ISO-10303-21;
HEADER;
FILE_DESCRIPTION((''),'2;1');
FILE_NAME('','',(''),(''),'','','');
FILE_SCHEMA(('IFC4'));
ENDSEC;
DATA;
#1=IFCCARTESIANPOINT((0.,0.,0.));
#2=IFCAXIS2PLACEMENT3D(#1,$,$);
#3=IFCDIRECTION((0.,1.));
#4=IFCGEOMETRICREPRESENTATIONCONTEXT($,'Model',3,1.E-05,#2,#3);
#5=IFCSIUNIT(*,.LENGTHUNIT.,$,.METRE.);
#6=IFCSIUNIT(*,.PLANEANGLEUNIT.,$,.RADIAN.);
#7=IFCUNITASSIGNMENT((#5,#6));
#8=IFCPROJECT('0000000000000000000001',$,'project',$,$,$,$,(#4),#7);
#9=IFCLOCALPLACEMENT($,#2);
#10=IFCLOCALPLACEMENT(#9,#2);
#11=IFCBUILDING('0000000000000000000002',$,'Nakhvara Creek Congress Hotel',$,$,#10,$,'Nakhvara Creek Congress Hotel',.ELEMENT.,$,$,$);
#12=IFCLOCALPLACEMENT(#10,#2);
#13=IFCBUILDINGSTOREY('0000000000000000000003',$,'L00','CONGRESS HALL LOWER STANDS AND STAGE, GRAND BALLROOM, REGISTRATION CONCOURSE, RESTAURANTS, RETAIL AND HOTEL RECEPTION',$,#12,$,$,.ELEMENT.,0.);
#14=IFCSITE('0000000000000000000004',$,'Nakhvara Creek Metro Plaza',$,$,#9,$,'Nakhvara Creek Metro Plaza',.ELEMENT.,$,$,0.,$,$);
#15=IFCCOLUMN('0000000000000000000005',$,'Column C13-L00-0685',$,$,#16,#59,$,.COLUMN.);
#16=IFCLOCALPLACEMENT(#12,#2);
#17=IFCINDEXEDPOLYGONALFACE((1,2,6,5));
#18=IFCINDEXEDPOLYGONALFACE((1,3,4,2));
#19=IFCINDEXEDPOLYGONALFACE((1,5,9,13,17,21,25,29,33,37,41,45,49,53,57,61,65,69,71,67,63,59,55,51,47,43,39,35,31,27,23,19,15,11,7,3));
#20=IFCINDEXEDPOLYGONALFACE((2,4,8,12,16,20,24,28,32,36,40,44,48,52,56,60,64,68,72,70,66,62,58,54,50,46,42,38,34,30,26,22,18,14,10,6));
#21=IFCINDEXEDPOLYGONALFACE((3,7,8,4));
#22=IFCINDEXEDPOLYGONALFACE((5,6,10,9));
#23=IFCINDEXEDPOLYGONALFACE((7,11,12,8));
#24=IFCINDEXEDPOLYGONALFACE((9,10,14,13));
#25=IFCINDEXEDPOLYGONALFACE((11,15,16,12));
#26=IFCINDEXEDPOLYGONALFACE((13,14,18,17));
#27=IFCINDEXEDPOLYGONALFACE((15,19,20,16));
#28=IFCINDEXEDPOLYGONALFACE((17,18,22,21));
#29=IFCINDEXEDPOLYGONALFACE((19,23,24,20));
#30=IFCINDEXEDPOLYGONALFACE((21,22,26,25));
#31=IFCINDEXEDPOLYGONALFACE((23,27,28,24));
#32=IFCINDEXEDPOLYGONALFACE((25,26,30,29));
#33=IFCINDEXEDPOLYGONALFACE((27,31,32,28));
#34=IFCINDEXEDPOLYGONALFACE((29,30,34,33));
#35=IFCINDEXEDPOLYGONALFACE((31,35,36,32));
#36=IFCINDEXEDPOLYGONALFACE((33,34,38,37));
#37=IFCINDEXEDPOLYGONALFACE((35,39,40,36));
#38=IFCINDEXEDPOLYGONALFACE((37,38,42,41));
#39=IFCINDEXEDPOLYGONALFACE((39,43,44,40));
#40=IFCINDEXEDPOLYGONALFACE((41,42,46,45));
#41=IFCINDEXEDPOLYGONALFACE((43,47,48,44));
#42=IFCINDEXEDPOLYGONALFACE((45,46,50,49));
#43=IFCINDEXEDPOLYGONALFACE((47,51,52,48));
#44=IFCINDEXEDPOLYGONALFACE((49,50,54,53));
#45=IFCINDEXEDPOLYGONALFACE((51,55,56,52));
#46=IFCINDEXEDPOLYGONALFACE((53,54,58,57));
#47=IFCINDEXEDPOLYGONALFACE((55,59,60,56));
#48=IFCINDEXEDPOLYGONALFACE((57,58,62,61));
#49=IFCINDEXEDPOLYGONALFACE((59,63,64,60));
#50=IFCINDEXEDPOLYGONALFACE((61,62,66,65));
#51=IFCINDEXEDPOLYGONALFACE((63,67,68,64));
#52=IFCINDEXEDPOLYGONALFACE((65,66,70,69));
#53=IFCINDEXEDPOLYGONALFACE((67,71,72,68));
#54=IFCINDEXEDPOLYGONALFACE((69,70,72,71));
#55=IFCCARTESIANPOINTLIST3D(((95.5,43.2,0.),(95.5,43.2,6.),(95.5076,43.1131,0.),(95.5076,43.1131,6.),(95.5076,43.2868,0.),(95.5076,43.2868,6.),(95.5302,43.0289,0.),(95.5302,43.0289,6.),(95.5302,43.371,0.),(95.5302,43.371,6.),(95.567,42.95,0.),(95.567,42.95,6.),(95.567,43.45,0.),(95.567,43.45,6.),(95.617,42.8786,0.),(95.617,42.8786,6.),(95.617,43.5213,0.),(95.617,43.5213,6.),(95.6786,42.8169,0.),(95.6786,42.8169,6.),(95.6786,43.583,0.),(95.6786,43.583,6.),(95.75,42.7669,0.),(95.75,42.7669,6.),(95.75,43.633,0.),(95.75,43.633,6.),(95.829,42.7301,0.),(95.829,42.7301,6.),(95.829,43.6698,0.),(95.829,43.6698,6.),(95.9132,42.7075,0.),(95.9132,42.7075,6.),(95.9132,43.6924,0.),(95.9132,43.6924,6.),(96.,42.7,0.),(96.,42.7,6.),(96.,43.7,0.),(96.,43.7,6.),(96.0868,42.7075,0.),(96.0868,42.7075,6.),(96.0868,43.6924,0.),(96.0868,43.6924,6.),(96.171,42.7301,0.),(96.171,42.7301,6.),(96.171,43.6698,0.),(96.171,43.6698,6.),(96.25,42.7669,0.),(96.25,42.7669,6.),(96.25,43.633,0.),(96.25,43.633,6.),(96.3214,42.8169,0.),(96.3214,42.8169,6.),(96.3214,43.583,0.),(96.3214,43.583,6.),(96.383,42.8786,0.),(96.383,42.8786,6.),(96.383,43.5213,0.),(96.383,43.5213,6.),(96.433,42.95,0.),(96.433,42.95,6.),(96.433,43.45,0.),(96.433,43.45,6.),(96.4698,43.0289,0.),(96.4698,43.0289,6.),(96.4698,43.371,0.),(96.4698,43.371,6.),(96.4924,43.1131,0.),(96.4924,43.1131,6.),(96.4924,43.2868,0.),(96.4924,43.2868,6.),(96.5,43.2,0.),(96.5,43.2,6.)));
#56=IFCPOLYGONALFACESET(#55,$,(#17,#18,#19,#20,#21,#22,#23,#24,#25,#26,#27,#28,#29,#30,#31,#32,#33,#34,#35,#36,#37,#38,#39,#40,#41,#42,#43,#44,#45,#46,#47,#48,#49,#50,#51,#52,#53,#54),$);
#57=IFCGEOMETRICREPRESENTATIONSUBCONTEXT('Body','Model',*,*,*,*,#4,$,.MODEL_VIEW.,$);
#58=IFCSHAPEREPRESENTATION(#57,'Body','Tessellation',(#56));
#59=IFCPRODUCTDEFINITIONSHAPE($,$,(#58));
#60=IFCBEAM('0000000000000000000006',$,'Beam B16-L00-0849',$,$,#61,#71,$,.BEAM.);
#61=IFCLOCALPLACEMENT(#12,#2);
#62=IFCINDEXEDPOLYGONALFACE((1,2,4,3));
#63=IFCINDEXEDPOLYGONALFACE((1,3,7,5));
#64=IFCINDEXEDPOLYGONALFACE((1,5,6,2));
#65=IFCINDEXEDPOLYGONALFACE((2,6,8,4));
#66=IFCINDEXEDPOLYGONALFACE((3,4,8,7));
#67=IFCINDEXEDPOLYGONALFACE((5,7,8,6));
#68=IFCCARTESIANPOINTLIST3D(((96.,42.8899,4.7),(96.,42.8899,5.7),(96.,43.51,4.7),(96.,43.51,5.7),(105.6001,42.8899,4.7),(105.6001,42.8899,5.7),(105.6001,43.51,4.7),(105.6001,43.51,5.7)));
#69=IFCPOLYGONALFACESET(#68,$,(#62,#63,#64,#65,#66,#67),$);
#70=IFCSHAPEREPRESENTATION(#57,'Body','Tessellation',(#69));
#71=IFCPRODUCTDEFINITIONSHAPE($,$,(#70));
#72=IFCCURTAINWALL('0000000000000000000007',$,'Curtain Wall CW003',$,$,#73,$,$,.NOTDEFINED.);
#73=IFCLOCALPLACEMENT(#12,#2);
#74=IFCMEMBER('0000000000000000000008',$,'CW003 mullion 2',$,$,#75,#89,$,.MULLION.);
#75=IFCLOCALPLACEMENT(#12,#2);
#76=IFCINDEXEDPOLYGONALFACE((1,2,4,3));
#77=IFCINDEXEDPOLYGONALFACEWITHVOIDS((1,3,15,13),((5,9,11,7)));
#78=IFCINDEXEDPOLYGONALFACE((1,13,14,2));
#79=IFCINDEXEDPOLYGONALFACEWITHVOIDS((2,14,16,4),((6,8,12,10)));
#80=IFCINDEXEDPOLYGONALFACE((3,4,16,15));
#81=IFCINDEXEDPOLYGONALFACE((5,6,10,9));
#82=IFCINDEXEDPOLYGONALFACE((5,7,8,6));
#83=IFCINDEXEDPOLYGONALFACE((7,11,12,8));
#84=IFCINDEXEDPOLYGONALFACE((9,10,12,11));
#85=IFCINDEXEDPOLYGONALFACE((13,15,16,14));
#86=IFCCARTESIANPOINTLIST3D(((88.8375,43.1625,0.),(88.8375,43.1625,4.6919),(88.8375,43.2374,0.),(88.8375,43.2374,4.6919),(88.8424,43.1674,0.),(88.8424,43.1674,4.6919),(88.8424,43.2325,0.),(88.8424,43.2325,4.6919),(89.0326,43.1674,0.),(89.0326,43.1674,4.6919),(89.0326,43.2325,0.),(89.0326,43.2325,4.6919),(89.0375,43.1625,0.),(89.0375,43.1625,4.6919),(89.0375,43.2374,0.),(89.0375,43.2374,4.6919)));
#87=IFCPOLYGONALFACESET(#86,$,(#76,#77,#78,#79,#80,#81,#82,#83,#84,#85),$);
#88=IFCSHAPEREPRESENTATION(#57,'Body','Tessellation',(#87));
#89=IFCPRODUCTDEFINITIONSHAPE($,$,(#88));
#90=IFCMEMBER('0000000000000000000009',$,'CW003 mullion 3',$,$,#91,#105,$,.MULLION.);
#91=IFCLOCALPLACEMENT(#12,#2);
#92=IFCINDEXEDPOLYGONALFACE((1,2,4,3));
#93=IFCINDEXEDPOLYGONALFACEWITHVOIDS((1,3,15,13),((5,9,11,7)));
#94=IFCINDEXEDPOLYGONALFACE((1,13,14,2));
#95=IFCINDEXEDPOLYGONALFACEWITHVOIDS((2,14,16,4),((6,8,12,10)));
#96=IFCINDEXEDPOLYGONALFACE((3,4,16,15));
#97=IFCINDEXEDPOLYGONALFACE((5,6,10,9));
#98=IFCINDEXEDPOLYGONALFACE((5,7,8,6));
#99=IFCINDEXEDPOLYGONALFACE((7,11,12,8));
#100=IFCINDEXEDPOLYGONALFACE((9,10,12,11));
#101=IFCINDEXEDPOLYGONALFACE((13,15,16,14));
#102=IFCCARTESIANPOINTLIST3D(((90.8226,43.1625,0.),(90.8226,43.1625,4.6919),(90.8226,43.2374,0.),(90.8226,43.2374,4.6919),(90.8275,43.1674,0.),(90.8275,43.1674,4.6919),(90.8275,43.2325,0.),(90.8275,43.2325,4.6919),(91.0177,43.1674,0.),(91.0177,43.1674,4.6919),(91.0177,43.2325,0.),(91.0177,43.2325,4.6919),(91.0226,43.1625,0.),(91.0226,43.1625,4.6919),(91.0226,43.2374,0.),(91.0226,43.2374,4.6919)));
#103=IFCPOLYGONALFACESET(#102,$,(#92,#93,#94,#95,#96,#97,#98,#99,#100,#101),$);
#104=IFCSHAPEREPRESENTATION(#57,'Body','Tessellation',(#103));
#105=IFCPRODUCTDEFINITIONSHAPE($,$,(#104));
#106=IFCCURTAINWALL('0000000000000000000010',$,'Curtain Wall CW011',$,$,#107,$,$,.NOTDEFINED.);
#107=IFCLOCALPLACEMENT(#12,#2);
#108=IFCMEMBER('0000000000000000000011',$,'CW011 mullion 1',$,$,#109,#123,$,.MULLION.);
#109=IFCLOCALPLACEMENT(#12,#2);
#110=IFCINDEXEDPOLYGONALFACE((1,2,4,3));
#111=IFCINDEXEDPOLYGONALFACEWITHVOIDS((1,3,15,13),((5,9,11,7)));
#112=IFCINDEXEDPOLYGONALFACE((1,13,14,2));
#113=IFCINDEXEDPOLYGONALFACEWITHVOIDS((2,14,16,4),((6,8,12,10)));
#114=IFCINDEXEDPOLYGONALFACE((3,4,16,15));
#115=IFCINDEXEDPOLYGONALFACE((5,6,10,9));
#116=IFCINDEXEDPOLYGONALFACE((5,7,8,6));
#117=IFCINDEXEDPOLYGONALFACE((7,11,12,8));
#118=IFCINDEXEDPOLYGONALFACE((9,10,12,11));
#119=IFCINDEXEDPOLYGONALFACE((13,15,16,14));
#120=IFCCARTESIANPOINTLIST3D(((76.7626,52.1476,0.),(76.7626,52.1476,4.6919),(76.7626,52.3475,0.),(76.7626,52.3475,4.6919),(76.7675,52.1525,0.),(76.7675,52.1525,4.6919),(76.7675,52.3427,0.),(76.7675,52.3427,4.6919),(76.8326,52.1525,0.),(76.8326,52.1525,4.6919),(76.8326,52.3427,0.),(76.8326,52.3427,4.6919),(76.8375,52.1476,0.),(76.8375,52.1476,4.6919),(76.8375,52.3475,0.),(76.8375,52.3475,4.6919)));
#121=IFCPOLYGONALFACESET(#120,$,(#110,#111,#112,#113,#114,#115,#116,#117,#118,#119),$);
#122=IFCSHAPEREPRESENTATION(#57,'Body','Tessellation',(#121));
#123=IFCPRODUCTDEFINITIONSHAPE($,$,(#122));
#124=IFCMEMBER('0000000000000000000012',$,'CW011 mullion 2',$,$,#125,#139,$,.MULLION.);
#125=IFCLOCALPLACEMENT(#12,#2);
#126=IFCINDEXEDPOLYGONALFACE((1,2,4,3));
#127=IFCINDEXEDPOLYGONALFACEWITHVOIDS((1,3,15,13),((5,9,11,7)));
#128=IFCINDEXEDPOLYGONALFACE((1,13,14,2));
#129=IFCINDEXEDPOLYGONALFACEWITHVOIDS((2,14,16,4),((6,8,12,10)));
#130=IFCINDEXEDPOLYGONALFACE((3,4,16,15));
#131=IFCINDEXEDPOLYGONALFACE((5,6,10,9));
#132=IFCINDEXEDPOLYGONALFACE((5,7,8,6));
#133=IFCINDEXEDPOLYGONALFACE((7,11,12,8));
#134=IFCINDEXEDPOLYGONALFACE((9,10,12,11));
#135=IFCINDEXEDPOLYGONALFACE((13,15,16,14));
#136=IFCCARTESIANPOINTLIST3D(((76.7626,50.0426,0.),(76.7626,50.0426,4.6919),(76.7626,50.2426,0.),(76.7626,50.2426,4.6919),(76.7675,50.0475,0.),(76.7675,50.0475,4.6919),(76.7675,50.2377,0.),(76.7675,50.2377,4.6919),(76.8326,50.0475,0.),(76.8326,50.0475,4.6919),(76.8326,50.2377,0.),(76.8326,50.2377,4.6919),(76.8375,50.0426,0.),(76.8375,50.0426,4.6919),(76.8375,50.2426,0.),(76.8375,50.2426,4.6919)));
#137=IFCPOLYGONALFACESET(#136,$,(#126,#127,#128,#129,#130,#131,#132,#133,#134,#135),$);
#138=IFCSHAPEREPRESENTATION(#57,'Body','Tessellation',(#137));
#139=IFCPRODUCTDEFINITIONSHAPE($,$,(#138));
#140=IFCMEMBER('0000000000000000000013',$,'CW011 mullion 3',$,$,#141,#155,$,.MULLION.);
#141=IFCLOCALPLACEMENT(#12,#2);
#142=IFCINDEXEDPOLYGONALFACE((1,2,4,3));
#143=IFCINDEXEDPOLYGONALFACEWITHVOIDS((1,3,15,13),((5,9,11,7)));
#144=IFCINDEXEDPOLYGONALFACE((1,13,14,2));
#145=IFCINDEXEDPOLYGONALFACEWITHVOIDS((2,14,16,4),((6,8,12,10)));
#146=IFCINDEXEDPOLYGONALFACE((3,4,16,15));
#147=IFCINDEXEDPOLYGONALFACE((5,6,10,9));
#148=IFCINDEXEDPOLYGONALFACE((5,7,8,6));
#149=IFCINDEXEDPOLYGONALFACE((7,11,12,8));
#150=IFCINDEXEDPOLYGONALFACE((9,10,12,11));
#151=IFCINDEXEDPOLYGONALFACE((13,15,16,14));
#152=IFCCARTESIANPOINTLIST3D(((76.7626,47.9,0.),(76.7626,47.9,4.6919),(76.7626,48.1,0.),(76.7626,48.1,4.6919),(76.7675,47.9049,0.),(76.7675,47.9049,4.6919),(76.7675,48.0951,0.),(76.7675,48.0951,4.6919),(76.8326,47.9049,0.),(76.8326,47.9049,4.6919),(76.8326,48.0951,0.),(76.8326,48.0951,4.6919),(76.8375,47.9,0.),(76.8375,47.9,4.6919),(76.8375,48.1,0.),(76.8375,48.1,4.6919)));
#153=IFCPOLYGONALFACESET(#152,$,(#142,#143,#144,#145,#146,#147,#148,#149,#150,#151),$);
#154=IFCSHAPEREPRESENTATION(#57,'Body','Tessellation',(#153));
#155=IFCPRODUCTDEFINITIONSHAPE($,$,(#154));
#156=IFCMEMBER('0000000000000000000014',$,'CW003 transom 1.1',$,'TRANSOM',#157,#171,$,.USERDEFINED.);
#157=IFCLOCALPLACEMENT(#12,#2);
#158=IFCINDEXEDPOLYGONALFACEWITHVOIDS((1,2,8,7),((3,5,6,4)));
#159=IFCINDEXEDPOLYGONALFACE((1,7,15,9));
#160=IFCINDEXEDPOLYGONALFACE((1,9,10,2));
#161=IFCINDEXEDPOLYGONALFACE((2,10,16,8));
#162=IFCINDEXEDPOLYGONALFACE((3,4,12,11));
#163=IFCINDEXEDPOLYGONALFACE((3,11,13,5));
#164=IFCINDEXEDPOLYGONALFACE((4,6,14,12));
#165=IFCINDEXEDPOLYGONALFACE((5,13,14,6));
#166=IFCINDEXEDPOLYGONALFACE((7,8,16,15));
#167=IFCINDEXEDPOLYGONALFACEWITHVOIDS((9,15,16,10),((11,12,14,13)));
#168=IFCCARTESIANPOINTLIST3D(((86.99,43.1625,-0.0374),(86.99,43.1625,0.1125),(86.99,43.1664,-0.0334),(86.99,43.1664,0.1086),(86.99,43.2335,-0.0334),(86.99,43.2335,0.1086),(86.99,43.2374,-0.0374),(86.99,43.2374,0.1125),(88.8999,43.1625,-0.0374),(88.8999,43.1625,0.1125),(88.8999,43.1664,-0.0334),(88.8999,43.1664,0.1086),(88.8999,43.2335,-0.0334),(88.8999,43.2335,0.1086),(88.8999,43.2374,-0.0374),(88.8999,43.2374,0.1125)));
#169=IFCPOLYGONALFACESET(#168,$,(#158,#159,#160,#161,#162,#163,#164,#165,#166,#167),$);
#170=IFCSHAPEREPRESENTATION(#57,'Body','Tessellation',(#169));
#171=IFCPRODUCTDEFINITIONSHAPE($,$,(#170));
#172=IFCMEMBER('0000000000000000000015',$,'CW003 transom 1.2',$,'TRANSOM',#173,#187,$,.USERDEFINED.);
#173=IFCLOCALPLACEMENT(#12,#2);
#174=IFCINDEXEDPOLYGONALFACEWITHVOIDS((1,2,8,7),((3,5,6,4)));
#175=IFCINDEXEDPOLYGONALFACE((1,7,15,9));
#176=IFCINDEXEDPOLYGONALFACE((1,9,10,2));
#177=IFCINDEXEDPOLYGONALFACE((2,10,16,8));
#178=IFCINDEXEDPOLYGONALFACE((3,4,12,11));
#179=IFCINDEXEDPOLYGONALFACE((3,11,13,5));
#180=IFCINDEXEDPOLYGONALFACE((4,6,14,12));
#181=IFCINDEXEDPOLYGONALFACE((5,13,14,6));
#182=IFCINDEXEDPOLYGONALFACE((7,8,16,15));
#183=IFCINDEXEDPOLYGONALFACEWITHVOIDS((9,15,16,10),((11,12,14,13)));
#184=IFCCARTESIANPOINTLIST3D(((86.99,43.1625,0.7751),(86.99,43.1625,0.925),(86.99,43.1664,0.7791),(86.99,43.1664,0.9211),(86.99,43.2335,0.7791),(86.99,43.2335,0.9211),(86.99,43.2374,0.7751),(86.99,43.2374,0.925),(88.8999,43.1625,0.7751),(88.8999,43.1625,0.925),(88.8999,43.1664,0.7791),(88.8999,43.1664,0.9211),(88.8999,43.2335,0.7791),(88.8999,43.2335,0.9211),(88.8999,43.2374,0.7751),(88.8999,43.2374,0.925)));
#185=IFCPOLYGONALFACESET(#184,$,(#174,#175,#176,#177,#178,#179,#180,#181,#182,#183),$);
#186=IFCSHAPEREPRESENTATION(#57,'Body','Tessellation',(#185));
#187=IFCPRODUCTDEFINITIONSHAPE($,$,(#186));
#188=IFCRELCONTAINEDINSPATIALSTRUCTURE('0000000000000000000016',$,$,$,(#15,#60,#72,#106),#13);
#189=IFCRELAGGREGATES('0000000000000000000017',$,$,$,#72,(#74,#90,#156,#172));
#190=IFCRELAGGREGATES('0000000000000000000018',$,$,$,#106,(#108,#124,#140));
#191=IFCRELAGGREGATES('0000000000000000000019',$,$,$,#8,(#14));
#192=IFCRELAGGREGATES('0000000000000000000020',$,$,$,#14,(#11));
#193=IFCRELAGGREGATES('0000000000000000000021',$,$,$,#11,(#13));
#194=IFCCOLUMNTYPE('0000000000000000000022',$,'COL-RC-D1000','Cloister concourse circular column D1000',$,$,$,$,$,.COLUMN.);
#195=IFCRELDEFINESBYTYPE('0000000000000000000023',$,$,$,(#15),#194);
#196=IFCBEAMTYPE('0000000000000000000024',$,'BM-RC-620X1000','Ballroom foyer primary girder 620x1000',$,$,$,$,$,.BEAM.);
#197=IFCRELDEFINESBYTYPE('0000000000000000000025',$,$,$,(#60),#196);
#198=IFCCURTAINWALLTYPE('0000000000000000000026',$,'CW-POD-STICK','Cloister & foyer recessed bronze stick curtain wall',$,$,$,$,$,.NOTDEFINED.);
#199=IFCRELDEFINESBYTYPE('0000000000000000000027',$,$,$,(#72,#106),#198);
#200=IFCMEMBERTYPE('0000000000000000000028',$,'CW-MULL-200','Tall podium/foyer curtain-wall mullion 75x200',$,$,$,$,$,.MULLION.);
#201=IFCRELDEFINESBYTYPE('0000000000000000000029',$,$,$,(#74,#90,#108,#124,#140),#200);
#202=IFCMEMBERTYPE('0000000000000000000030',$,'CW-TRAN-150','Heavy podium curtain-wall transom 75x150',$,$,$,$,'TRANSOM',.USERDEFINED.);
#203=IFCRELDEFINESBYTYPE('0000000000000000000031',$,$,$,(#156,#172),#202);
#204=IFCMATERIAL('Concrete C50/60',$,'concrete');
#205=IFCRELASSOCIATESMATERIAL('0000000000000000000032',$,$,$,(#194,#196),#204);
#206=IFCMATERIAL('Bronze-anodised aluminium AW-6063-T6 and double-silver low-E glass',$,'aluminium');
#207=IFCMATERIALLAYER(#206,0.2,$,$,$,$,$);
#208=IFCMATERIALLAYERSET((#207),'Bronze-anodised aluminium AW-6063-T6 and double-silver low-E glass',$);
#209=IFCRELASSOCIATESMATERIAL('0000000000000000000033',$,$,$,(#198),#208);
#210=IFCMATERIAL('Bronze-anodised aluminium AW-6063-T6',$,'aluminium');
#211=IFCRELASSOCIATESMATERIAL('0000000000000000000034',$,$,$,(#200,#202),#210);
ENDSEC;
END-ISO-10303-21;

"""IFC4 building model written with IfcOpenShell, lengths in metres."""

from ifc_helpers import new_model, si_unit, direction, frame, origin, origin_2d, place, context, subcontext, project, spatial, rectangle, hollow_rectangle, circle, extrude, material, layer, layer_set, material_profile, profile_set, type_object, element, aggregate, save


model = new_model("IFC4")

# Units and contexts
model_context = context("Model", 3, precision=1e-05, world=origin(), true_north=direction((0.0, 1.0)))
body_context = subcontext(model_context, "Body", "Model", "MODEL_VIEW")
ifc_project = project(units=[si_unit("LENGTHUNIT", "METRE"), si_unit("PLANEANGLEUNIT", "RADIAN")], contexts=[model_context])

# Site, building, storey
site_placement = place(None, origin())
site = spatial("IfcSite", under=ifc_project, at=site_placement, Name="Nakhvara Creek Metro Plaza", LongName="Nakhvara Creek Metro Plaza", CompositionType="ELEMENT", RefElevation=0.0)
building_placement = place(site_placement, origin())
building = spatial("IfcBuilding", under=site, at=building_placement, Name="Nakhvara Creek Congress Hotel", LongName="Nakhvara Creek Congress Hotel", CompositionType="ELEMENT")
storey_placement = place(building_placement, origin())
storey = spatial("IfcBuildingStorey", under=building, at=storey_placement, Name="L00", Description="CONGRESS HALL LOWER STANDS AND STAGE, GRAND BALLROOM, REGISTRATION CONCOURSE, RESTAURANTS, RETAIL AND HOTEL RECEPTION", CompositionType="ELEMENT", Elevation=0.0)

# Column
ifc_material_1 = material(Name="Concrete C50/60", Category="concrete")
ifc_material_profile_1 = material_profile(ifc_material_1, circle(Radius=0.5, at=origin_2d()), Name="RC-COL D1000", Category="LoadBearing")
ifc_profile_set_1 = profile_set([ifc_material_profile_1], Name="Concrete C50/60")
column_type = type_object("IfcColumnType", Name="COL-RC-D1000", Description="Cloister concourse circular column D1000", PredefinedType="COLUMN", material=ifc_profile_set_1)
column_placement = place(storey_placement, frame((96.0, 43.2, 0.0), z_axis=(0.0, 0.0, 1.0), x_axis=(1.0, 0.0, 0.0)))
element("IfcColumn", 1, at=column_placement, inside=storey, type_object=column_type, Name="Column C13-L00-0685", PredefinedType="COLUMN", context=body_context, shape_type="SweptSolid", body=[
    extrude(circle(Radius=0.5, at=origin_2d()), origin(), (0.0, 0.0, 1.0), 6.0),
])

# Beam
ifc_material_profile_2 = material_profile(ifc_material_1, rectangle(XDim=0.6201, YDim=1.0, at=origin_2d()), Name="RC-BM 620x1000", Category="LoadBearing")
ifc_profile_set_2 = profile_set([ifc_material_profile_2], Name="Concrete C50/60")
beam_type = type_object("IfcBeamType", Name="BM-RC-620X1000", Description="Ballroom foyer primary girder 620x1000", PredefinedType="BEAM", material=ifc_profile_set_2)
beam_placement = place(storey_placement, frame((96.0, 43.2, 5.2), z_axis=(1.0, 0.0, 0.0), x_axis=(0.0, 1.0, 0.0)))
element("IfcBeam", 2, at=beam_placement, inside=storey, type_object=beam_type, Name="Beam B16-L00-0849", PredefinedType="BEAM", context=body_context, shape_type="SweptSolid", body=[
    extrude(rectangle(XDim=0.6201, YDim=1.0, at=origin_2d()), origin(), (0.0, 0.0, 1.0), 9.6001),
])

# Curtain walls, members
ifc_material_2 = material(Name="Bronze-anodised aluminium AW-6063-T6 and double-silver low-E glass", Category="aluminium")
ifc_layer = layer(ifc_material_2, 0.2)
ifc_layer_set = layer_set([ifc_layer], Name="Bronze-anodised aluminium AW-6063-T6 and double-silver low-E glass")
curtain_wall_type = type_object("IfcCurtainWallType", Name="CW-POD-STICK", Description="Cloister & foyer recessed bronze stick curtain wall", PredefinedType="NOTDEFINED", material=ifc_layer_set)
curtain_wall_1_placement = place(storey_placement, origin())
curtain_wall_1 = element("IfcCurtainWall", 3, at=curtain_wall_1_placement, inside=storey, type_object=curtain_wall_type, Name="Curtain Wall CW003", PredefinedType="NOTDEFINED")
ifc_material_3 = material(Name="Bronze-anodised aluminium AW-6063-T6", Category="aluminium")
ifc_material_profile_3 = material_profile(ifc_material_3, hollow_rectangle(XDim=0.075, YDim=0.2, WallThickness=0.0049, at=origin_2d()), Name="ALU-MULL 75x200x5", Category="LoadBearing")
ifc_profile_set_3 = profile_set([ifc_material_profile_3], Name="Bronze-anodised aluminium AW-6063-T6")
member_type_1 = type_object("IfcMemberType", Name="CW-MULL-200", Description="Tall podium/foyer curtain-wall mullion 75x200", PredefinedType="MULLION", material=ifc_profile_set_3)
member_1_placement = place(storey_placement, frame((88.9375, 43.2, 0.0), z_axis=(0.0, 0.0, 1.0), x_axis=(0.0, 1.0, 0.0)))
member_1 = element("IfcMember", 4, at=member_1_placement, type_object=member_type_1, Name="CW003 mullion 2", PredefinedType="MULLION", context=body_context, shape_type="SweptSolid", body=[
    extrude(hollow_rectangle(XDim=0.075, YDim=0.2, WallThickness=0.0049, at=origin_2d()), origin(), (0.0, 0.0, 1.0), 4.6919),
])
member_2_placement = place(storey_placement, frame((90.9226, 43.2, 0.0), z_axis=(0.0, 0.0, 1.0), x_axis=(0.0, 1.0, 0.0)))
member_2 = element("IfcMember", 5, at=member_2_placement, type_object=member_type_1, Name="CW003 mullion 3", PredefinedType="MULLION", context=body_context, shape_type="SweptSolid", body=[
    extrude(hollow_rectangle(XDim=0.075, YDim=0.2, WallThickness=0.0049, at=origin_2d()), origin(), (0.0, 0.0, 1.0), 4.6919),
])
curtain_wall_2_placement = place(storey_placement, origin())
curtain_wall_2 = element("IfcCurtainWall", 6, at=curtain_wall_2_placement, inside=storey, type_object=curtain_wall_type, Name="Curtain Wall CW011", PredefinedType="NOTDEFINED")
member_3_placement = place(storey_placement, frame((76.8, 52.2476, 0.0), z_axis=(0.0, 0.0, 1.0), x_axis=(1.0, 0.0, 0.0)))
member_3 = element("IfcMember", 7, at=member_3_placement, type_object=member_type_1, Name="CW011 mullion 1", PredefinedType="MULLION", context=body_context, shape_type="SweptSolid", body=[
    extrude(hollow_rectangle(XDim=0.075, YDim=0.2, WallThickness=0.0049, at=origin_2d()), origin(), (0.0, 0.0, 1.0), 4.6919),
])
member_4_placement = place(storey_placement, frame((76.8, 50.1426, 0.0), z_axis=(0.0, 0.0, 1.0), x_axis=(1.0, 0.0, 0.0)))
member_4 = element("IfcMember", 8, at=member_4_placement, type_object=member_type_1, Name="CW011 mullion 2", PredefinedType="MULLION", context=body_context, shape_type="SweptSolid", body=[
    extrude(hollow_rectangle(XDim=0.075, YDim=0.2, WallThickness=0.0049, at=origin_2d()), origin(), (0.0, 0.0, 1.0), 4.6919),
])
member_5_placement = place(storey_placement, frame((76.8, 48.0, 0.0), z_axis=(0.0, 0.0, 1.0), x_axis=(1.0, 0.0, 0.0)))
member_5 = element("IfcMember", 9, at=member_5_placement, type_object=member_type_1, Name="CW011 mullion 3", PredefinedType="MULLION", context=body_context, shape_type="SweptSolid", body=[
    extrude(hollow_rectangle(XDim=0.075, YDim=0.2, WallThickness=0.0049, at=origin_2d()), origin(), (0.0, 0.0, 1.0), 4.6919),
])

# Members
ifc_material_profile_4 = material_profile(ifc_material_3, hollow_rectangle(XDim=0.075, YDim=0.1499, WallThickness=0.0039, at=origin_2d()), Name="ALU-TRAN 75x150x4", Category="LoadBearing")
ifc_profile_set_4 = profile_set([ifc_material_profile_4], Name="Bronze-anodised aluminium AW-6063-T6")
member_type_2 = type_object("IfcMemberType", Name="CW-TRAN-150", Description="Heavy podium curtain-wall transom 75x150", ElementType="TRANSOM", PredefinedType="USERDEFINED", material=ifc_profile_set_4)
member_6_placement = place(storey_placement, frame((86.99, 43.2, 0.0376), z_axis=(1.0, 0.0, 0.0), x_axis=(0.0, 1.0, 0.0)))
member_6 = element("IfcMember", 10, at=member_6_placement, type_object=member_type_2, Name="CW003 transom 1.1", ObjectType="TRANSOM", PredefinedType="USERDEFINED", context=body_context, shape_type="SweptSolid", body=[
    extrude(hollow_rectangle(XDim=0.075, YDim=0.1499, WallThickness=0.0039, at=origin_2d()), origin(), (0.0, 0.0, 1.0), 1.9099),
])
member_7_placement = place(storey_placement, frame((86.99, 43.2, 0.8501), z_axis=(1.0, 0.0, 0.0), x_axis=(0.0, 1.0, 0.0)))
member_7 = element("IfcMember", 11, at=member_7_placement, type_object=member_type_2, Name="CW003 transom 1.2", ObjectType="TRANSOM", PredefinedType="USERDEFINED", context=body_context, shape_type="SweptSolid", body=[
    extrude(hollow_rectangle(XDim=0.075, YDim=0.1499, WallThickness=0.0039, at=origin_2d()), origin(), (0.0, 0.0, 1.0), 1.9099),
])

aggregate(curtain_wall_1, [member_1, member_2, member_6, member_7])
aggregate(curtain_wall_2, [member_3, member_4, member_5])

save(model, "model.ifc")
